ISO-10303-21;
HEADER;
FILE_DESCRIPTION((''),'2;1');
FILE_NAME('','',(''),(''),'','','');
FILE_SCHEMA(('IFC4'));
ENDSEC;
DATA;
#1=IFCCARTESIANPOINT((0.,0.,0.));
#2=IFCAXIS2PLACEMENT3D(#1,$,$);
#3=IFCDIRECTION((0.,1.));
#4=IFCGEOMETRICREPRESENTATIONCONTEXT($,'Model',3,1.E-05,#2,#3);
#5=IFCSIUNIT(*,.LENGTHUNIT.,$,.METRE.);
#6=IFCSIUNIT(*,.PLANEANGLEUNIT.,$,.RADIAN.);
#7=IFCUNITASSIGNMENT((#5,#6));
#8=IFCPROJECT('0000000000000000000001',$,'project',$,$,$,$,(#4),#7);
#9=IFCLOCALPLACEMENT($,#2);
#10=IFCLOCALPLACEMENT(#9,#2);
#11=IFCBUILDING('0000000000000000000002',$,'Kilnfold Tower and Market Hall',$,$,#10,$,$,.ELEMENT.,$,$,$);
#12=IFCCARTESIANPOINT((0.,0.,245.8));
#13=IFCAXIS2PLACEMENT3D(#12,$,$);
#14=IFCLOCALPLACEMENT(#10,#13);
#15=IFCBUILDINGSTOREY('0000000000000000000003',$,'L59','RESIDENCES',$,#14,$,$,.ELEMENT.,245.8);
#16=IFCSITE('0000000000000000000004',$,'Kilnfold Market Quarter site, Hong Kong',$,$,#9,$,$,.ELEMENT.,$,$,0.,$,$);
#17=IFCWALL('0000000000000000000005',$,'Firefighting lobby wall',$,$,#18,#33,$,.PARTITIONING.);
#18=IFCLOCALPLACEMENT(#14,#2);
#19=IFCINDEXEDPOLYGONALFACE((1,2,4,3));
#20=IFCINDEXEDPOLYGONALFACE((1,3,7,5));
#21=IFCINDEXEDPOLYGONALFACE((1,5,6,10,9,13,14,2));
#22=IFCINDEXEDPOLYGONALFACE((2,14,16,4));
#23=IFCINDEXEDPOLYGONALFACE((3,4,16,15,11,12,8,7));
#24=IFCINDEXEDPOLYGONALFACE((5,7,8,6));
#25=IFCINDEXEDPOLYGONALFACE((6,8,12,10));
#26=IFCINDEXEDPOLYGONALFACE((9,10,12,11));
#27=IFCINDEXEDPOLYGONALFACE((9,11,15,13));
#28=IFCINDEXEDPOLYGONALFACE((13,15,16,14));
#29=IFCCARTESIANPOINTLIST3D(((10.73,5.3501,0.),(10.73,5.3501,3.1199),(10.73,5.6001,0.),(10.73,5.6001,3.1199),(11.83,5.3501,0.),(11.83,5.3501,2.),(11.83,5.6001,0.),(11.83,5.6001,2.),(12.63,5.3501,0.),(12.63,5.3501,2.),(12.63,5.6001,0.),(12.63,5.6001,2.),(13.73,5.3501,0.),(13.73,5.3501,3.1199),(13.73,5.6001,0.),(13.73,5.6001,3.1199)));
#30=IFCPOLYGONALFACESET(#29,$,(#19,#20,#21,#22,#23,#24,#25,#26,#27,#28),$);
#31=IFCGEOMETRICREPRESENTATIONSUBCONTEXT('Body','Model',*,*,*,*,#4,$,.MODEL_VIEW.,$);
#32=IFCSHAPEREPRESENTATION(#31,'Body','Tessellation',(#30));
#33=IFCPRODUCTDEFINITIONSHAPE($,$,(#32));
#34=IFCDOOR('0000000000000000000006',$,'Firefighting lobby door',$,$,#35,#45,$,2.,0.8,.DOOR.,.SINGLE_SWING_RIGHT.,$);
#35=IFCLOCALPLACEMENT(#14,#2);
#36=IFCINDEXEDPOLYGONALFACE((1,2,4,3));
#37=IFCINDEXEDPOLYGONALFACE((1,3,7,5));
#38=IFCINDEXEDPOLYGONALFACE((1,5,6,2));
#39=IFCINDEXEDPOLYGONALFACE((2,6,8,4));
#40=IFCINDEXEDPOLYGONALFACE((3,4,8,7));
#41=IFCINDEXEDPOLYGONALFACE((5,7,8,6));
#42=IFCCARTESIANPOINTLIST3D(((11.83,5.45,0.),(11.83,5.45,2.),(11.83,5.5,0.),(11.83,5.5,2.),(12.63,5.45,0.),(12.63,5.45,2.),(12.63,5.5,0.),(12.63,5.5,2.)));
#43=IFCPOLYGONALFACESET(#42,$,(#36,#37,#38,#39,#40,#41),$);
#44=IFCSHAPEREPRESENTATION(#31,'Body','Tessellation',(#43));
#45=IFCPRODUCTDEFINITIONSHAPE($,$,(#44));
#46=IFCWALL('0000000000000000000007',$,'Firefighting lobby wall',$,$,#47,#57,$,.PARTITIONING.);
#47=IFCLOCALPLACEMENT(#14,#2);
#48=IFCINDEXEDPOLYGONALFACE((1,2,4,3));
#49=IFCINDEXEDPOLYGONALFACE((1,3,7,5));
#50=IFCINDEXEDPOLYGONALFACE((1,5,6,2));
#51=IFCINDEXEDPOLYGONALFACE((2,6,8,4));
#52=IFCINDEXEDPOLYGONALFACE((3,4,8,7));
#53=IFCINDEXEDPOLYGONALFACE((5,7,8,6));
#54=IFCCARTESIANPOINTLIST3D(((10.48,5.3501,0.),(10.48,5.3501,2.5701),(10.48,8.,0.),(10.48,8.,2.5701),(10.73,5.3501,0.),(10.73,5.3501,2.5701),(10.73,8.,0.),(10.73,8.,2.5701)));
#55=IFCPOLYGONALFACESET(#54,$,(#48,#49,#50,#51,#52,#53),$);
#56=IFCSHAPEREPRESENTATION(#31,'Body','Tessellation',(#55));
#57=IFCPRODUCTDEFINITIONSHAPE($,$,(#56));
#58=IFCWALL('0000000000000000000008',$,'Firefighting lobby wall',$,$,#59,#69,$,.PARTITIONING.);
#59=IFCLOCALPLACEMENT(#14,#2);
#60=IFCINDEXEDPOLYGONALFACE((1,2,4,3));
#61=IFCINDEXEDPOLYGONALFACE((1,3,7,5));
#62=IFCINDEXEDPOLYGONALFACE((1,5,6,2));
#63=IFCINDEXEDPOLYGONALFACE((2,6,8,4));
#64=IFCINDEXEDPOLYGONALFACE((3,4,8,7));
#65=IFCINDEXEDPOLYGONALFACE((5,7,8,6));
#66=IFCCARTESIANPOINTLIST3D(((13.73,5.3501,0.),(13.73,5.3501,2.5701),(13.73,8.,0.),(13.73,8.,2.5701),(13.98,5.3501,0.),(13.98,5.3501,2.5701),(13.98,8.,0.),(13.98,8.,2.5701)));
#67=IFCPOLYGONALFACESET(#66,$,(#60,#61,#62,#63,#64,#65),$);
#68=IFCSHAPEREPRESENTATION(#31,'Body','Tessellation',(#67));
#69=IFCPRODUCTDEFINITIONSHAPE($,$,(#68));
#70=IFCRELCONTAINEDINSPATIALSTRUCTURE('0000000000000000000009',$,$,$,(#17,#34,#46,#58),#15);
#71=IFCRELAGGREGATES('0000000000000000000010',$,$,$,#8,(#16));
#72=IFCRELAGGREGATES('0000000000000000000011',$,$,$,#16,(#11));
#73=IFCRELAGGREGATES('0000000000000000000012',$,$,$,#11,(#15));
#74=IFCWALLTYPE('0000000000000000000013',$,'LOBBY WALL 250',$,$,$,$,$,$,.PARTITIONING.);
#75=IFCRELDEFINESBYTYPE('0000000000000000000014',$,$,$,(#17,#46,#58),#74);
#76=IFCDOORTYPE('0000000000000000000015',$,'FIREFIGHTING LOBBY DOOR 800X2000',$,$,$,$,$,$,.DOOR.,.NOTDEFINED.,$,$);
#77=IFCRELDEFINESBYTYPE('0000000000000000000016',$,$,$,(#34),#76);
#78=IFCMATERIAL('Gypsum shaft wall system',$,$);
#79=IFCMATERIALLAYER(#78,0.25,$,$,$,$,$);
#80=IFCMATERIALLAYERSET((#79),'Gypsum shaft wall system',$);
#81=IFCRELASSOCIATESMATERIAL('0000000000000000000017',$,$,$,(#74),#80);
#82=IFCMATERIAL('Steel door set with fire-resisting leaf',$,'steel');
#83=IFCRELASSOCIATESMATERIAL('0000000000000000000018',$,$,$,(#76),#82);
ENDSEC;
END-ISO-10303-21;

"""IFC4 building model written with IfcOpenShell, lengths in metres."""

from ifc_helpers import new_model, si_unit, direction, frame, frame_2d, origin, place, context, subcontext, project, spatial, rectangle, extrude, source, transform, mapped, material, layer, layer_set, type_object, element, fill, save


model = new_model("IFC4")

# Units and contexts
model_context = context("Model", 3, precision=1e-05, world=origin(), true_north=direction((0.0, 1.0)))
body_context = subcontext(model_context, "Body", "Model", "MODEL_VIEW")
ifc_project = project(units=[si_unit("LENGTHUNIT", "METRE"), si_unit("PLANEANGLEUNIT", "RADIAN")], contexts=[model_context])

# Site, building, storey
site_placement = place(None, origin())
site = spatial("IfcSite", under=ifc_project, at=site_placement, Name="Kilnfold Market Quarter site, Hong Kong", CompositionType="ELEMENT", RefElevation=0.0)
building_placement = place(site_placement, origin())
building = spatial("IfcBuilding", under=site, at=building_placement, Name="Kilnfold Tower and Market Hall", CompositionType="ELEMENT")
storey_placement = place(building_placement, frame((0.0, 0.0, 245.8)))
storey = spatial("IfcBuildingStorey", under=building, at=storey_placement, Name="L59", Description="RESIDENCES", CompositionType="ELEMENT", Elevation=245.8)

# Wall, opening, door
ifc_material_1 = material(Name="Gypsum shaft wall system")
ifc_layer_1 = layer(ifc_material_1, 0.25)
ifc_layer_set_1 = layer_set([ifc_layer_1], Name="Gypsum shaft wall system")
wall_type_1 = type_object("IfcWallType", Name="LOBBY WALL 250", PredefinedType="PARTITIONING", material=ifc_layer_set_1)
shared_shape_1 = source(origin(), body_context, "Body", "SweptSolid", [
    extrude(rectangle(XDim=3.0, YDim=0.25, at=frame_2d((1.5, 0.0))), origin(), (0.0, 0.0, 1.0), 3.1199),
])
wall_1_placement = place(storey_placement, frame((10.73, 5.4751, 0.0), z_axis=(0.0, 0.0, 1.0), x_axis=(1.0, 0.0, 0.0)))
wall_1 = element("IfcWall", 1, at=wall_1_placement, inside=storey, type_object=wall_type_1, Name="Firefighting lobby wall", PredefinedType="PARTITIONING", context=body_context, shape_type="MappedRepresentation", body=[
    mapped(shared_shape_1, transform((0.0, 0.0, 0.0))),
])
opening_1_placement = place(wall_1_placement, frame((1.1001, 0.0, 0.0)))
opening_1 = element("IfcOpeningElement", 2, at=opening_1_placement, cuts=wall_1, PredefinedType="OPENING", context=body_context, shape_type="SweptSolid", body=[
    extrude(rectangle(XDim=0.8, YDim=2.0, at=frame_2d((0.3999, 1.0))), frame((0.0, 0.135, 0.0), z_axis=(0.0, -1.0, 0.0), x_axis=(1.0, 0.0, 0.0)), (0.0, 0.0, 1.0), 0.27),
])
ifc_material_2 = material(Name="Steel door set with fire-resisting leaf", Category="steel")
door_type_1 = type_object("IfcDoorType", Name="FIREFIGHTING LOBBY DOOR 800X2000", OperationType="NOTDEFINED", PredefinedType="DOOR", material=ifc_material_2)
door_1_placement = place(opening_1_placement, origin())
door_1 = element("IfcDoor", 3, at=door_1_placement, inside=storey, type_object=door_type_1, Name="Firefighting lobby door", OperationType="SINGLE_SWING_RIGHT", OverallHeight=2.0, OverallWidth=0.8, PredefinedType="DOOR", context=body_context, shape_type="SweptSolid", body=[
    extrude(rectangle(XDim=0.8, YDim=2.0, at=frame_2d((0.3999, 1.0))), frame((0.0, 0.0249, 0.0), z_axis=(0.0, -1.0, 0.0), x_axis=(1.0, 0.0, 0.0)), (0.0, 0.0, 1.0), 0.05),
])
fill(opening_1, door_1)

# Walls
shared_shape_2 = source(origin(), body_context, "Body", "SweptSolid", [
    extrude(rectangle(XDim=2.6499, YDim=0.25, at=frame_2d((1.325, 0.0))), origin(), (0.0, 0.0, 1.0), 2.5701),
])
for number, where, z_axis, x_axis, name in (
    (4, (10.605, 5.3501, 0.0), (0.0, 0.0, 1.0), (0.0, 1.0, 0.0), "Firefighting lobby wall"),
    (5, (13.855, 5.3501, 0.0), (0.0, 0.0, 1.0), (0.0, 1.0, 0.0), "Firefighting lobby wall"),
):
    element("IfcWall", number, at=place(storey_placement, frame(where, z_axis=z_axis, x_axis=x_axis)), inside=storey, type_object=wall_type_1, Name=name, PredefinedType="PARTITIONING", context=body_context, shape_type="MappedRepresentation", body=[
        mapped(shared_shape_2, transform((0.0, 0.0, 0.0))),
    ])

save(model, "model.ifc")
